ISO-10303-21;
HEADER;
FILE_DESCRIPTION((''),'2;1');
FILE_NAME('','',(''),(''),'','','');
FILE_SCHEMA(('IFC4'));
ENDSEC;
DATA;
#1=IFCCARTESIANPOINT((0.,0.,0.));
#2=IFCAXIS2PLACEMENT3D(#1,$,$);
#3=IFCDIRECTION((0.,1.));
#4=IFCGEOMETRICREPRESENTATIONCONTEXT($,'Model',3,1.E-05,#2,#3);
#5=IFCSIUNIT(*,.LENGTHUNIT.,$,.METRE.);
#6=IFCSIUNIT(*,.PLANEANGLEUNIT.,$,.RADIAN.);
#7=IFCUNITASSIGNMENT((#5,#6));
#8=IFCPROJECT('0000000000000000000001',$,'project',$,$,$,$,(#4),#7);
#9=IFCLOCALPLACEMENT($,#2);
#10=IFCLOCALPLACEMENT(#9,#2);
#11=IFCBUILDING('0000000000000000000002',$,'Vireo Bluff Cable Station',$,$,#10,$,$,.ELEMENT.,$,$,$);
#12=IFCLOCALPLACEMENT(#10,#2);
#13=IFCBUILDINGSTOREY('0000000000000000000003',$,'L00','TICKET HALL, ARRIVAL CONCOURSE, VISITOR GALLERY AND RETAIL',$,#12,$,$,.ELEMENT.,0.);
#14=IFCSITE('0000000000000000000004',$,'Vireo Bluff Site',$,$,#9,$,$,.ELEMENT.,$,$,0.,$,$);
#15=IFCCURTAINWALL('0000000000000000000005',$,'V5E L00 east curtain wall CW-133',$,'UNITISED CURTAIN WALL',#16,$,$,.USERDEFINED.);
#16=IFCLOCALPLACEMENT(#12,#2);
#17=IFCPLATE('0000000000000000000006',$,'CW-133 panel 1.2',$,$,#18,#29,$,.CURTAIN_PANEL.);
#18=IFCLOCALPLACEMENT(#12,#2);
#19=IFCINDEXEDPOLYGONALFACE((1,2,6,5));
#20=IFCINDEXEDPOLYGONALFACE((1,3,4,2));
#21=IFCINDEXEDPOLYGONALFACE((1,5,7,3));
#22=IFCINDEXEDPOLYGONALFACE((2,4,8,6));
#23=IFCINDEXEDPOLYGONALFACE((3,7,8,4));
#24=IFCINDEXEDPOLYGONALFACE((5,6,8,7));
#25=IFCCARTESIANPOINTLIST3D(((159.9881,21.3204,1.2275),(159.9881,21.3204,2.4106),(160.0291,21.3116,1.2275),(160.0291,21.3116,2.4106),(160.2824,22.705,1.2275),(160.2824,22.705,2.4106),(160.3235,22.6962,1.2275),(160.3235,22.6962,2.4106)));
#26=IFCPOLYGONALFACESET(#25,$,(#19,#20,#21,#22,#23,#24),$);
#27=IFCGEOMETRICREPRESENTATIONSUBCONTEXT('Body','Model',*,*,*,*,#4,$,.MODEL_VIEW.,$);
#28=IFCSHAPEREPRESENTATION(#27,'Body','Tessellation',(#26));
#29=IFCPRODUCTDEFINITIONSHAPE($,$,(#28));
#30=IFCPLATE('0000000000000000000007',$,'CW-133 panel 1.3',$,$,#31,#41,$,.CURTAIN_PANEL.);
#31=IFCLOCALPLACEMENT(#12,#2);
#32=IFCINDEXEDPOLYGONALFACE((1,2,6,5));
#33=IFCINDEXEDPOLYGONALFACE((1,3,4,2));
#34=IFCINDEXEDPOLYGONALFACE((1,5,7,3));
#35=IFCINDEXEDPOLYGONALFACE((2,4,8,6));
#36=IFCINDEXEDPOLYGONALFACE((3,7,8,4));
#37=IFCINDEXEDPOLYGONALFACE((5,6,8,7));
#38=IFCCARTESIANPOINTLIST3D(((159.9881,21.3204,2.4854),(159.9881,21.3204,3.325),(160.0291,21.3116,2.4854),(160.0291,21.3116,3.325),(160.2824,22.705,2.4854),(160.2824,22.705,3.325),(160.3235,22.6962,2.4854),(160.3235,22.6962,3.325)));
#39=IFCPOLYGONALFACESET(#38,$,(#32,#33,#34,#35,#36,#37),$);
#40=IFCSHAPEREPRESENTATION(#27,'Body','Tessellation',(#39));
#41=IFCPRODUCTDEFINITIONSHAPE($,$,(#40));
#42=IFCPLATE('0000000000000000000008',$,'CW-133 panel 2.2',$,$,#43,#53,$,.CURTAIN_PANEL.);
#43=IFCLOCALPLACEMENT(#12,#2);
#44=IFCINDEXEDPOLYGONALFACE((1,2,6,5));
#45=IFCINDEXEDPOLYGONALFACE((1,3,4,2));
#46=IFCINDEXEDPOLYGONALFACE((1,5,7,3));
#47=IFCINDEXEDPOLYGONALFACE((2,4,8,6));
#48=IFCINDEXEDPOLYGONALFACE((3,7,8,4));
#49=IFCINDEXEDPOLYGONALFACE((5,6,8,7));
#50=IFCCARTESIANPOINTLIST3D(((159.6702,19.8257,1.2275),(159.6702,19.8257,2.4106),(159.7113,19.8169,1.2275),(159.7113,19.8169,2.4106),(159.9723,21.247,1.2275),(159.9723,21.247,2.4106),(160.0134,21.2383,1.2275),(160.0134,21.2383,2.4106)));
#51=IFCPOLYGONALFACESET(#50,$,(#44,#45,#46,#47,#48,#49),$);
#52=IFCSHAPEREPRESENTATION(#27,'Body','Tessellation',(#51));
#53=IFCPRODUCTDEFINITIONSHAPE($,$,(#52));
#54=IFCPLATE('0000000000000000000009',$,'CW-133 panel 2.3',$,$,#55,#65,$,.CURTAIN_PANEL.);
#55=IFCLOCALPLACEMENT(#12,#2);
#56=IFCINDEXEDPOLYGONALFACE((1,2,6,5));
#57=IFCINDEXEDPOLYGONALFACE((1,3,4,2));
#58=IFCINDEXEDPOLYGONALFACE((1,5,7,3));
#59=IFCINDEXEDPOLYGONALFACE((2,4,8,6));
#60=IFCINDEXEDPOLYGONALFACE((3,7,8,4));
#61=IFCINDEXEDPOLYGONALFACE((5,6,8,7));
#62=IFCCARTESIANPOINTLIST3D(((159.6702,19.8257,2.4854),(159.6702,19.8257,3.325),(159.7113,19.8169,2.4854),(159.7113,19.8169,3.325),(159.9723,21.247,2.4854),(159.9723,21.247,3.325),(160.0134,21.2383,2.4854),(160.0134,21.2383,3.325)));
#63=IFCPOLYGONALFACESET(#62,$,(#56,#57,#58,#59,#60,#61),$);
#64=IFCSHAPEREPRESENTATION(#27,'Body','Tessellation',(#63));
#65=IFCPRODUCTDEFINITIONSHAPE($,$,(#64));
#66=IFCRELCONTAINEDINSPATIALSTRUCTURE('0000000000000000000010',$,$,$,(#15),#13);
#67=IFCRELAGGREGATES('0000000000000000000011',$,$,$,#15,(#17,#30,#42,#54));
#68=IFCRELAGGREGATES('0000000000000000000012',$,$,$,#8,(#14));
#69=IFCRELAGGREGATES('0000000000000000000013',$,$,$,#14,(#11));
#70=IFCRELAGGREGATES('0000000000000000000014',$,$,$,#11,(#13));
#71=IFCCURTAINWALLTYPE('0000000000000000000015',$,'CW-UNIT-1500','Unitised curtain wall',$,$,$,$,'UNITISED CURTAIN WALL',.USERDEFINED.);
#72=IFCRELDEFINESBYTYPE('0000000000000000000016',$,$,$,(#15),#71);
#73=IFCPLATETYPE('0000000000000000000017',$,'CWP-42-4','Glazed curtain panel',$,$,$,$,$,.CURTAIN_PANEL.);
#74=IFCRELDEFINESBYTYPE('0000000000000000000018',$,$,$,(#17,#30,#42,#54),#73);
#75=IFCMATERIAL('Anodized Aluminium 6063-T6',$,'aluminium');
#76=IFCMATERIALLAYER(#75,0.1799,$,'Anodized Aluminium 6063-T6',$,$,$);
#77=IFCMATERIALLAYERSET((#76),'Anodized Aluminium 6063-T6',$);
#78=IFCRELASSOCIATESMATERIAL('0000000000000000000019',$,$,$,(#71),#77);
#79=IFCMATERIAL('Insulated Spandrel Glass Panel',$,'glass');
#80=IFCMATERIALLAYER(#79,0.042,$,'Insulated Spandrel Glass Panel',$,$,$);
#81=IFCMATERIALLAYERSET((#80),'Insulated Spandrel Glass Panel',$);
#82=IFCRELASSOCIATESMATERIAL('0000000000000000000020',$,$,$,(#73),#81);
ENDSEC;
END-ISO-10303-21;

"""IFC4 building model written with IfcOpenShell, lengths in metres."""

from ifc_helpers import new_model, si_unit, direction, frame, origin, origin_2d, place, context, subcontext, project, spatial, rectangle, extrude, material, layer, layer_set, type_object, element, aggregate, save


model = new_model("IFC4")

# Units and contexts
model_context = context("Model", 3, precision=1e-05, world=origin(), true_north=direction((0.0, 1.0)))
body_context = subcontext(model_context, "Body", "Model", "MODEL_VIEW")
ifc_project = project(units=[si_unit("LENGTHUNIT", "METRE"), si_unit("PLANEANGLEUNIT", "RADIAN")], contexts=[model_context])

# Site, building, storey
site_placement = place(None, origin())
site = spatial("IfcSite", under=ifc_project, at=site_placement, Name="Vireo Bluff Site", CompositionType="ELEMENT", RefElevation=0.0)
building_placement = place(site_placement, origin())
building = spatial("IfcBuilding", under=site, at=building_placement, Name="Vireo Bluff Cable Station", CompositionType="ELEMENT")
storey_placement = place(building_placement, origin())
storey = spatial("IfcBuildingStorey", under=building, at=storey_placement, Name="L00", Description="TICKET HALL, ARRIVAL CONCOURSE, VISITOR GALLERY AND RETAIL", CompositionType="ELEMENT", Elevation=0.0)

# Shared definitions
ifc_material_1 = material(Name="Anodized Aluminium 6063-T6", Category="aluminium")

# Curtain wall
ifc_layer_1 = layer(ifc_material_1, 0.1799, Name="Anodized Aluminium 6063-T6")
ifc_layer_set_1 = layer_set([ifc_layer_1], Name="Anodized Aluminium 6063-T6")
curtain_wall_type_1 = type_object("IfcCurtainWallType", Name="CW-UNIT-1500", Description="Unitised curtain wall", ElementType="UNITISED CURTAIN WALL", PredefinedType="USERDEFINED", material=ifc_layer_set_1)
curtain_wall_1_placement = place(storey_placement, origin())
curtain_wall_1 = element("IfcCurtainWall", 1, at=curtain_wall_1_placement, inside=storey, type_object=curtain_wall_type_1, Name="V5E L00 east curtain wall CW-133", ObjectType="UNITISED CURTAIN WALL", PredefinedType="USERDEFINED")

# Plates
ifc_material_2 = material(Name="Insulated Spandrel Glass Panel", Category="glass")
ifc_layer_2 = layer(ifc_material_2, 0.042, Name="Insulated Spandrel Glass Panel")
ifc_layer_set_2 = layer_set([ifc_layer_2], Name="Insulated Spandrel Glass Panel")
plate_type_1 = type_object("IfcPlateType", Name="CWP-42-4", Description="Glazed curtain panel", PredefinedType="CURTAIN_PANEL", material=ifc_layer_set_2)
plate_1_placement = place(storey_placement, frame((160.1558, 22.0083, 1.2275), z_axis=(0.0, 0.0, 1.0), x_axis=(-0.207912, -0.978148, 0.0)))
plate_1 = element("IfcPlate", 2, at=plate_1_placement, type_object=plate_type_1, Name="CW-133 panel 1.2", PredefinedType="CURTAIN_PANEL", context=body_context, shape_type="SweptSolid", body=[
    extrude(rectangle(XDim=1.4155, YDim=0.042, at=origin_2d()), origin(), (0.0, 0.0, 1.0), 1.1831),
])
plate_2_placement = place(storey_placement, frame((160.1558, 22.0083, 2.4854), z_axis=(0.0, 0.0, 1.0), x_axis=(-0.207912, -0.978148, 0.0)))
plate_2 = element("IfcPlate", 3, at=plate_2_placement, type_object=plate_type_1, Name="CW-133 panel 1.3", PredefinedType="CURTAIN_PANEL", context=body_context, shape_type="SweptSolid", body=[
    extrude(rectangle(XDim=1.4155, YDim=0.042, at=origin_2d()), origin(), (0.0, 0.0, 1.0), 0.8396),
])
plate_3_placement = place(storey_placement, frame((159.8418, 20.532, 1.2275), z_axis=(0.0, 0.0, 1.0), x_axis=(-0.207912, -0.978148, 0.0)))
plate_3 = element("IfcPlate", 4, at=plate_3_placement, type_object=plate_type_1, Name="CW-133 panel 2.2", PredefinedType="CURTAIN_PANEL", context=body_context, shape_type="SweptSolid", body=[
    extrude(rectangle(XDim=1.4531, YDim=0.042, at=origin_2d()), origin(), (0.0, 0.0, 1.0), 1.1831),
])
plate_4_placement = place(storey_placement, frame((159.8418, 20.532, 2.4854), z_axis=(0.0, 0.0, 1.0), x_axis=(-0.207912, -0.978148, 0.0)))
plate_4 = element("IfcPlate", 5, at=plate_4_placement, type_object=plate_type_1, Name="CW-133 panel 2.3", PredefinedType="CURTAIN_PANEL", context=body_context, shape_type="SweptSolid", body=[
    extrude(rectangle(XDim=1.4531, YDim=0.042, at=origin_2d()), origin(), (0.0, 0.0, 1.0), 0.8396),
])
aggregate(curtain_wall_1, [plate_1, plate_2, plate_3, plate_4])

save(model, "model.ifc")
